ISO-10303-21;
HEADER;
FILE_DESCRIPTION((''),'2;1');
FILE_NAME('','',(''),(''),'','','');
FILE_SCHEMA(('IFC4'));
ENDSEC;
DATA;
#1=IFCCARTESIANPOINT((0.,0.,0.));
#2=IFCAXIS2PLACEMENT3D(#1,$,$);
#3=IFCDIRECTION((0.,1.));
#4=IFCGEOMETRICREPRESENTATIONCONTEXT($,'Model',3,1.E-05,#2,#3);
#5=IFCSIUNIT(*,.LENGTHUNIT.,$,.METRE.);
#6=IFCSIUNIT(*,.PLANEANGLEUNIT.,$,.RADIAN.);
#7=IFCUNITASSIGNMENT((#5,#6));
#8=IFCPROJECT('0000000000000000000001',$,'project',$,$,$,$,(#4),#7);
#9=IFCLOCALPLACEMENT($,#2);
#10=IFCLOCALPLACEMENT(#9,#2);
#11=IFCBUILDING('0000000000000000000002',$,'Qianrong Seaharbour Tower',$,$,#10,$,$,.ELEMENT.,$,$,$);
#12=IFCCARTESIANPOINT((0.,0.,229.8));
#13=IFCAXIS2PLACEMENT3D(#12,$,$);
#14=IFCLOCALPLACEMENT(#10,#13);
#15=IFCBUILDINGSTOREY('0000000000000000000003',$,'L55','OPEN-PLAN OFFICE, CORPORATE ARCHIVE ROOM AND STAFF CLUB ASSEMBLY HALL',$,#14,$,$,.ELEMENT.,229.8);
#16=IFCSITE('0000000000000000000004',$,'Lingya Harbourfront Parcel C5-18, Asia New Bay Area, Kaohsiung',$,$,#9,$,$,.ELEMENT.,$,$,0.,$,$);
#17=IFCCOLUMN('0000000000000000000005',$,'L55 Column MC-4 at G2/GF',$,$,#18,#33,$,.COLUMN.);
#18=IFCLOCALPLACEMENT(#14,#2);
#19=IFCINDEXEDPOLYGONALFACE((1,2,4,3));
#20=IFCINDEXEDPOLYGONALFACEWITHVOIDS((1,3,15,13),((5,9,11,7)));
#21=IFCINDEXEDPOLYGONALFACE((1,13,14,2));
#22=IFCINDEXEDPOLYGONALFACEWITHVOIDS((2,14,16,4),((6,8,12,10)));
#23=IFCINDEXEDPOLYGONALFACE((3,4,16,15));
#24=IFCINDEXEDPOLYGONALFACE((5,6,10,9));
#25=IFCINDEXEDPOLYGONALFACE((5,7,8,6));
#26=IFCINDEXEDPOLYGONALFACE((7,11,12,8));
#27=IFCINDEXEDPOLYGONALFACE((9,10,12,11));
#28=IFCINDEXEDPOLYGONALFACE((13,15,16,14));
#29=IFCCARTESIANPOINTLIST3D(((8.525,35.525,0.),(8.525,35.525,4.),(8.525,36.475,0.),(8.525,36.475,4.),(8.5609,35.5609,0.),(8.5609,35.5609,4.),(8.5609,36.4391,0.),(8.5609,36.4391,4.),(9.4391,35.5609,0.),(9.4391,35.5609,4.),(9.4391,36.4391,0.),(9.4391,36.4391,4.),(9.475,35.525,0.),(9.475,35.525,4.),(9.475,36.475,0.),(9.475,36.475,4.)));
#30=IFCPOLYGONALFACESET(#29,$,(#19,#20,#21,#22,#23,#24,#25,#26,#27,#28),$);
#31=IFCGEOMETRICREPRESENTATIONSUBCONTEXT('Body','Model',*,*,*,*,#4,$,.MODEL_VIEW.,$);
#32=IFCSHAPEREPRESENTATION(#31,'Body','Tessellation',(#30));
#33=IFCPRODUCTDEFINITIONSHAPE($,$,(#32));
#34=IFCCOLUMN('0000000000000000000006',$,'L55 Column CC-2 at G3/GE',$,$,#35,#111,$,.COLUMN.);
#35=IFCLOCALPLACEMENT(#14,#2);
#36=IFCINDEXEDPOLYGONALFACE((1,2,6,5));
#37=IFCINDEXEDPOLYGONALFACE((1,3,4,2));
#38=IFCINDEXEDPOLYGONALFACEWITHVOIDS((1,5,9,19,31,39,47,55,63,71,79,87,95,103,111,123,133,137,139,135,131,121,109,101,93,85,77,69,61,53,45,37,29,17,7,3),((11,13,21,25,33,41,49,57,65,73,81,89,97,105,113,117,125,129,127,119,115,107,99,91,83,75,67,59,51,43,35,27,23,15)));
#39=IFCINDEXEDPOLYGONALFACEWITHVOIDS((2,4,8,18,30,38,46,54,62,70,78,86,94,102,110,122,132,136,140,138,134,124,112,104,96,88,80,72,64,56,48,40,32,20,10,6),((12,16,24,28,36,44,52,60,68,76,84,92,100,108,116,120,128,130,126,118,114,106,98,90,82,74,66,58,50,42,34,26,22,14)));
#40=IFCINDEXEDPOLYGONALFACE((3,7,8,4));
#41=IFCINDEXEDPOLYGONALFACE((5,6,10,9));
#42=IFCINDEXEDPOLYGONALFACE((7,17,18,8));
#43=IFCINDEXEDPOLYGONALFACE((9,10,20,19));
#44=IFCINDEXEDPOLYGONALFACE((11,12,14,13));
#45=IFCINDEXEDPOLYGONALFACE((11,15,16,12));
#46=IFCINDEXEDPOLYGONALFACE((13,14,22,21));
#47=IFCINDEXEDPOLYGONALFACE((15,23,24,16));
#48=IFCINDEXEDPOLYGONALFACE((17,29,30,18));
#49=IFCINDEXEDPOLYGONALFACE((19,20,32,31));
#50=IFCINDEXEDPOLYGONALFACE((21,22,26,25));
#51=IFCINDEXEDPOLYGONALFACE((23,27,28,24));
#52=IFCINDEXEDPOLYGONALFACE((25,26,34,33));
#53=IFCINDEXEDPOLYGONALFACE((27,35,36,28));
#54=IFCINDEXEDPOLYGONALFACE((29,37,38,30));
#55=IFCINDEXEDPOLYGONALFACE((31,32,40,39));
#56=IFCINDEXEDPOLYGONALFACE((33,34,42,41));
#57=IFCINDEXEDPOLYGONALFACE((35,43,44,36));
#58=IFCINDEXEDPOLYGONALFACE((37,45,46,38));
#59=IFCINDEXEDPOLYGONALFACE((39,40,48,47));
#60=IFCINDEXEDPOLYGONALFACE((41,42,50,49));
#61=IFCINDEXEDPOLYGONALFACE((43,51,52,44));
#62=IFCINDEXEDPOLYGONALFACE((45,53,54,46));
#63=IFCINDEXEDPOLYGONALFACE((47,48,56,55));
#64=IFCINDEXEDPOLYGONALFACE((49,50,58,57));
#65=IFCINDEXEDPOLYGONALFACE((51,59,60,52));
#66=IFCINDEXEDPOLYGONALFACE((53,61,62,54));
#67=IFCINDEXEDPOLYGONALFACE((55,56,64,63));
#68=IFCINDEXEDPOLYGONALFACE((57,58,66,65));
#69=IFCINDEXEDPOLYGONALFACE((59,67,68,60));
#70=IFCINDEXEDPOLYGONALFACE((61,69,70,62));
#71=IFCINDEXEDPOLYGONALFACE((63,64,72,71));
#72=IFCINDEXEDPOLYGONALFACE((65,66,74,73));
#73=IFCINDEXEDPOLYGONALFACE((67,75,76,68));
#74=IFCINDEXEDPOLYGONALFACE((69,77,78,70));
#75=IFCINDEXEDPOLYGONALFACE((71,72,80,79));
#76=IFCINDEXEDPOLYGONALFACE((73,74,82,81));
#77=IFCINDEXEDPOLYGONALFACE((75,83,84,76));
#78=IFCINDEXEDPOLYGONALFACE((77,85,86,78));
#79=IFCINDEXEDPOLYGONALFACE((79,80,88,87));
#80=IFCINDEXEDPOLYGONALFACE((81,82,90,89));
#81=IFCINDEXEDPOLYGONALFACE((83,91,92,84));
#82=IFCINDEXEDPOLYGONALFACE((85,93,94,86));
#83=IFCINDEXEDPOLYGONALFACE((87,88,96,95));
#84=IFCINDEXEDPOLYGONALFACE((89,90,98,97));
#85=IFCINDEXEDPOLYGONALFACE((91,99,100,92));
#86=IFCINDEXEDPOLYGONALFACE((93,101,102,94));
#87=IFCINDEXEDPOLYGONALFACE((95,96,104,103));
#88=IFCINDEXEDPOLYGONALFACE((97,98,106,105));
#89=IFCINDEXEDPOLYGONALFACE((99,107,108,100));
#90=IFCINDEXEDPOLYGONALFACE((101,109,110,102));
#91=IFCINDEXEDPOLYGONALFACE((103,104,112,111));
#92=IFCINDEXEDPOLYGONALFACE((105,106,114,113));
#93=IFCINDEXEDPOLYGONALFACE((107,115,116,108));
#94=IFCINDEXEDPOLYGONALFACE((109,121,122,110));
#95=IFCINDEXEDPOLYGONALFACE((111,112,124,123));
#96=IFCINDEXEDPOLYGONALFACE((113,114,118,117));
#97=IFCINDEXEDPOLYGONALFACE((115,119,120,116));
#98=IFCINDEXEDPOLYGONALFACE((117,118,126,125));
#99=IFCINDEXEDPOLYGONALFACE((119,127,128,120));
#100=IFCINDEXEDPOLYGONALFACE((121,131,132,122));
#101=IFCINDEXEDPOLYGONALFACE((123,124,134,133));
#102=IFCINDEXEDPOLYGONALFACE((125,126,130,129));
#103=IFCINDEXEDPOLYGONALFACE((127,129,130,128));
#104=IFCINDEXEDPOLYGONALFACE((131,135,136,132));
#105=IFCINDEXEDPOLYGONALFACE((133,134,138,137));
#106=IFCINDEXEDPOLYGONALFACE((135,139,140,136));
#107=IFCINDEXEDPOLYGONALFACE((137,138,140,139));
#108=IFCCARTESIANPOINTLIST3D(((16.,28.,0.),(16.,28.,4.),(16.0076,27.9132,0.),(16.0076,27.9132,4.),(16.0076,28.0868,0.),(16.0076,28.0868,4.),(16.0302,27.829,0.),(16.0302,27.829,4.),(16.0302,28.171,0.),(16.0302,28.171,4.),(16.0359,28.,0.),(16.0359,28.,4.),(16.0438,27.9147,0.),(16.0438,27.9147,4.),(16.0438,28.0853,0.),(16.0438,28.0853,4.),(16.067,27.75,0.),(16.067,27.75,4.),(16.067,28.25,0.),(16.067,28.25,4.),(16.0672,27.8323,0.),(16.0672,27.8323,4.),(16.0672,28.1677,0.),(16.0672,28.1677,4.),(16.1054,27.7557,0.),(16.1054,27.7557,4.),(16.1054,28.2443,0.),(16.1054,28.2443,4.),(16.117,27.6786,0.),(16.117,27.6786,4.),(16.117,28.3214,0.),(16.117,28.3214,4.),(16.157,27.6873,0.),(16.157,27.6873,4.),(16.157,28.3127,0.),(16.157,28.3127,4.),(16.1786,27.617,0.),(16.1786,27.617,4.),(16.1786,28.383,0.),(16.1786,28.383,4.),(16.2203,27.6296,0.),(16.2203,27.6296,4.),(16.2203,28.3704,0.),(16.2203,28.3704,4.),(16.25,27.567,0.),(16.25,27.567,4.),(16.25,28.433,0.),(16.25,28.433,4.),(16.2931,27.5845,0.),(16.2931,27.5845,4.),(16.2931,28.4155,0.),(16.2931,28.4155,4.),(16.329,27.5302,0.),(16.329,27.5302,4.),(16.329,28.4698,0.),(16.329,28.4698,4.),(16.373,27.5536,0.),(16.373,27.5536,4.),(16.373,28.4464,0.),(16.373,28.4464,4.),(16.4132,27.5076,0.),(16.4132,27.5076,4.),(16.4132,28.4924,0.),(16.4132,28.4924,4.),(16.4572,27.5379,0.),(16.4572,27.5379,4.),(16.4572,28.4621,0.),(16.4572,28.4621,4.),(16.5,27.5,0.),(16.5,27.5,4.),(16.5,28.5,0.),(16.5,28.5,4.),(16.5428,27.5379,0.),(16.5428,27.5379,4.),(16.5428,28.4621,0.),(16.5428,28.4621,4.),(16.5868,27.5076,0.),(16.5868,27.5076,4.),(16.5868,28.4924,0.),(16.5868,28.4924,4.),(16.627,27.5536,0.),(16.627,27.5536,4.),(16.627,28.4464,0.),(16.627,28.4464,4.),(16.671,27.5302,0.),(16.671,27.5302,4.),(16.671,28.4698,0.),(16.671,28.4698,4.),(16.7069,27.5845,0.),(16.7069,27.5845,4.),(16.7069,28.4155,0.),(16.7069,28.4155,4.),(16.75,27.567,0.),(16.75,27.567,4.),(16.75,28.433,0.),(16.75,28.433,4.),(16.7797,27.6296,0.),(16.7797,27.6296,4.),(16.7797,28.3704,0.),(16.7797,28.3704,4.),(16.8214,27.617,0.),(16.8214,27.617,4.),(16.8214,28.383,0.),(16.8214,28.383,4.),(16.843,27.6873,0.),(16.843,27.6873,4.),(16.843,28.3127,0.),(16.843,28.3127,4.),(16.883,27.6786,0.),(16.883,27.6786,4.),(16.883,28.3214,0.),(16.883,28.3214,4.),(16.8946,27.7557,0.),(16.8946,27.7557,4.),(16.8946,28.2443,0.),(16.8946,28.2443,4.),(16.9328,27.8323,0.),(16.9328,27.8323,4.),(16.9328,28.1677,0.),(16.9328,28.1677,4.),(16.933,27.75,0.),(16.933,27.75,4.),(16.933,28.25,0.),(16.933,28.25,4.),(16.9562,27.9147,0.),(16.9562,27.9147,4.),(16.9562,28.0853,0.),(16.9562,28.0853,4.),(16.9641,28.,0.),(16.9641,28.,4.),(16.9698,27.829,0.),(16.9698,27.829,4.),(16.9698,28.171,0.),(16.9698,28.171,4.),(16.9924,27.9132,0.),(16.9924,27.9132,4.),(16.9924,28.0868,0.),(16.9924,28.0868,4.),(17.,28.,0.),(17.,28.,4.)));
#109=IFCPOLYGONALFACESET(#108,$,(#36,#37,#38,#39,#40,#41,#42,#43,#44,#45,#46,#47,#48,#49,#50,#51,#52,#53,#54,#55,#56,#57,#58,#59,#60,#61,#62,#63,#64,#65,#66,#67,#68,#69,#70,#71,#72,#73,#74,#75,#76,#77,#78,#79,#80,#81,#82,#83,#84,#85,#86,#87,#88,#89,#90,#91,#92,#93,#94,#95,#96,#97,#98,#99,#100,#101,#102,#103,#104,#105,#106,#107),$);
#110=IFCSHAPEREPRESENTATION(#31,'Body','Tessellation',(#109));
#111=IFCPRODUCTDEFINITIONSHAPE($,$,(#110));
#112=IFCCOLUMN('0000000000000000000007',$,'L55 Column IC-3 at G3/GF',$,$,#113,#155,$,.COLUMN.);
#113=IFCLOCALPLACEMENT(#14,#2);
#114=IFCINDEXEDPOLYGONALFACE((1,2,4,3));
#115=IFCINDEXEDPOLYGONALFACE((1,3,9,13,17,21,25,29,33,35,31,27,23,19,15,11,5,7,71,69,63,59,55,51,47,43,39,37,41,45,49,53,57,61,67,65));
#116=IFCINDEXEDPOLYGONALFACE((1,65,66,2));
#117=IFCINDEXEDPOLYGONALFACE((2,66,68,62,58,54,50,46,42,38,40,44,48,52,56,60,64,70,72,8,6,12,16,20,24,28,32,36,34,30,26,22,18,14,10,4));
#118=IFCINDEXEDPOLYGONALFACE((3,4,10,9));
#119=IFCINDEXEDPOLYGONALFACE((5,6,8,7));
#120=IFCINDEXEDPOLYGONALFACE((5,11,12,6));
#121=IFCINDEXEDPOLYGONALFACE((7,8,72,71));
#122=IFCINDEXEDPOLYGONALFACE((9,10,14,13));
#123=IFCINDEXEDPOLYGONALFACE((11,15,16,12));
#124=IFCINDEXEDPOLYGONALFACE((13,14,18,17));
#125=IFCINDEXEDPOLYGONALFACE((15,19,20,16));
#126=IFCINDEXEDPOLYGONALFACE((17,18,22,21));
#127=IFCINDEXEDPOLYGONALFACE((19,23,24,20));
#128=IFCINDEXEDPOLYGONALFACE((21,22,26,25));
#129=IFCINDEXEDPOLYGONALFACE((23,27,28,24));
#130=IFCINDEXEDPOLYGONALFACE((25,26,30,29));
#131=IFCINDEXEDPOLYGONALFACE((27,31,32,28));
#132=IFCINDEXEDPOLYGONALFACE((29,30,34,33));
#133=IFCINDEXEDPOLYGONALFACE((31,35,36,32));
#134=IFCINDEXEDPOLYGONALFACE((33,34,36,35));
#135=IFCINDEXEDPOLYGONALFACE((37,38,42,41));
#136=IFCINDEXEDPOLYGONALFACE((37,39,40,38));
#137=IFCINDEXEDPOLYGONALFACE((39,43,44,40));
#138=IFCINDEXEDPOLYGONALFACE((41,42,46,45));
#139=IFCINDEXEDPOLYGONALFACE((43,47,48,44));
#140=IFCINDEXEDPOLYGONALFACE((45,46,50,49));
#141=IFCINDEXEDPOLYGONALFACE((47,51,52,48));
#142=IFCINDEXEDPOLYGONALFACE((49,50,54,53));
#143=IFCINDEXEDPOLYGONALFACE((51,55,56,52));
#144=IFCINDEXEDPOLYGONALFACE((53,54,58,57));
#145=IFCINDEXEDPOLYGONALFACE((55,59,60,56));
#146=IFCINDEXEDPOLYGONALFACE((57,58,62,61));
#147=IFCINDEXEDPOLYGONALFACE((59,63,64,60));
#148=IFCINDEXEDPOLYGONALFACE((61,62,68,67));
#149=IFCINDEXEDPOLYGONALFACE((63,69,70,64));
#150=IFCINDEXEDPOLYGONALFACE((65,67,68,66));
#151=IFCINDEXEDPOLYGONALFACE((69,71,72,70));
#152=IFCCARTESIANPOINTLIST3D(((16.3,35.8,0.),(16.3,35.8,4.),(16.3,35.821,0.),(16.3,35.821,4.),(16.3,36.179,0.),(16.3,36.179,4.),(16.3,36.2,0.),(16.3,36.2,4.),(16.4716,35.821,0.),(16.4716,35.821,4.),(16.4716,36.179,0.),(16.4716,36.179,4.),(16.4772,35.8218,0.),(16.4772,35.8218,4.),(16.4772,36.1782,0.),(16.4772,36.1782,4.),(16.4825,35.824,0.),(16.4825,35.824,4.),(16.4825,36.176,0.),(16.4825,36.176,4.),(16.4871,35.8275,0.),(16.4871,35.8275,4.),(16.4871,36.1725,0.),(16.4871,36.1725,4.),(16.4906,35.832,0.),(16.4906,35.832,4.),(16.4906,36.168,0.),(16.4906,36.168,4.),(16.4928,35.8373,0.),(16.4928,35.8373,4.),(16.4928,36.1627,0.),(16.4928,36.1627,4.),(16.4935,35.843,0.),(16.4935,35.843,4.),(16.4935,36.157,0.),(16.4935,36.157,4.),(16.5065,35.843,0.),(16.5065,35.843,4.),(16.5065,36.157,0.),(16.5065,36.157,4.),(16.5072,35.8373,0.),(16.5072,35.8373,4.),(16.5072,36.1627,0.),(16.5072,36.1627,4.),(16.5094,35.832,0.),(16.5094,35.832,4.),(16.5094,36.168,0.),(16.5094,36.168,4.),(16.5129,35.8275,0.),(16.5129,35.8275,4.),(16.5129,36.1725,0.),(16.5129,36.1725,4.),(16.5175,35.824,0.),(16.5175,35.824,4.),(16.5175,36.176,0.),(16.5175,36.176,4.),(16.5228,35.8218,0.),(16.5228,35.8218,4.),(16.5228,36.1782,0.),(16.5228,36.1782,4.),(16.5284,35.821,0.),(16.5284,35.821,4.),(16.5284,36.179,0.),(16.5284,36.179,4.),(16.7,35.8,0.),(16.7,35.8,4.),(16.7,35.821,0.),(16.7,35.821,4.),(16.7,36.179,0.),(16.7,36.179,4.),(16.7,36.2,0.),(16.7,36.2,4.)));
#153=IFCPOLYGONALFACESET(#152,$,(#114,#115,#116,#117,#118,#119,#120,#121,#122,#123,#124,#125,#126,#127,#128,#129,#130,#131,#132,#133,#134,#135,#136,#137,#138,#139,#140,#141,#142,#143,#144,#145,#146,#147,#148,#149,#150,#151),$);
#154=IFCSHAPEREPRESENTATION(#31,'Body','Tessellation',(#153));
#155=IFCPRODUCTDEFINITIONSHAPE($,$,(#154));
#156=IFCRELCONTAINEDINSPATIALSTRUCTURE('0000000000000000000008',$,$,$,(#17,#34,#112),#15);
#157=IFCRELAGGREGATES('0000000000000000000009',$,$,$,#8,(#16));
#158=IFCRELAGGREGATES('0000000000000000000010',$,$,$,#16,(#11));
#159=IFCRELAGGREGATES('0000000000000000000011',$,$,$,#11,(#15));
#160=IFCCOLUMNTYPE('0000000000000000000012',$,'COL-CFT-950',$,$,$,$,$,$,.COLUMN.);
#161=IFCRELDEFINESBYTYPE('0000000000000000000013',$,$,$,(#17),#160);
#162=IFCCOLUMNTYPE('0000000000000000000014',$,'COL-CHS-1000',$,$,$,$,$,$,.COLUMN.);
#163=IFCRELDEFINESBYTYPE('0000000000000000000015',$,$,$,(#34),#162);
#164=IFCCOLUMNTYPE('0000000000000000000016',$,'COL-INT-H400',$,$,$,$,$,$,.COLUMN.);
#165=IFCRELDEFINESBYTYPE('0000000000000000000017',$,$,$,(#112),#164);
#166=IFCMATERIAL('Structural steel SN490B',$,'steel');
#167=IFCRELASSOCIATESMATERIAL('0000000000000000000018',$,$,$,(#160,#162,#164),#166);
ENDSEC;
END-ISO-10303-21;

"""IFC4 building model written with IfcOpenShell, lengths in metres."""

from ifc_helpers import new_model, si_unit, direction, frame, origin, origin_2d, place, context, subcontext, project, spatial, hollow_rectangle, hollow_circle, i_section, extrude, material, material_profile, profile_set, type_object, element, save


model = new_model("IFC4")

# Units and contexts
model_context = context("Model", 3, precision=1e-05, world=origin(), true_north=direction((0.0, 1.0)))
body_context = subcontext(model_context, "Body", "Model", "MODEL_VIEW")
ifc_project = project(units=[si_unit("LENGTHUNIT", "METRE"), si_unit("PLANEANGLEUNIT", "RADIAN")], contexts=[model_context])

# Site, building, storey
site_placement = place(None, origin())
site = spatial("IfcSite", under=ifc_project, at=site_placement, Name="Lingya Harbourfront Parcel C5-18, Asia New Bay Area, Kaohsiung", CompositionType="ELEMENT", RefElevation=0.0)
building_placement = place(site_placement, origin())
building = spatial("IfcBuilding", under=site, at=building_placement, Name="Qianrong Seaharbour Tower", CompositionType="ELEMENT")
storey_placement = place(building_placement, frame((0.0, 0.0, 229.8)))
storey = spatial("IfcBuildingStorey", under=building, at=storey_placement, Name="L55", Description="OPEN-PLAN OFFICE, CORPORATE ARCHIVE ROOM AND STAFF CLUB ASSEMBLY HALL", CompositionType="ELEMENT", Elevation=229.8)

# Columns
ifc_material_1 = material(Name="Structural steel SN490B", Category="steel")
ifc_material_profile_1 = material_profile(ifc_material_1, hollow_rectangle(XDim=0.95, YDim=0.95, WallThickness=0.0359, at=origin_2d()), Name="BOX950x950x36")
ifc_profile_set_1 = profile_set([ifc_material_profile_1], Name="Structural steel SN490B")
column_type_1 = type_object("IfcColumnType", Name="COL-CFT-950", PredefinedType="COLUMN", material=ifc_profile_set_1)
column_1_placement = place(storey_placement, frame((9.0, 36.0, 0.0), z_axis=(0.0, 0.0, 1.0), x_axis=(1.0, 0.0, 0.0)))
element("IfcColumn", 1, at=column_1_placement, inside=storey, type_object=column_type_1, Name="L55 Column MC-4 at G2/GF", PredefinedType="COLUMN", context=body_context, shape_type="SweptSolid", body=[
    extrude(hollow_rectangle(XDim=0.95, YDim=0.95, WallThickness=0.0359, at=origin_2d()), origin(), (0.0, 0.0, 1.0), 4.0),
])
ifc_material_profile_2 = material_profile(ifc_material_1, hollow_circle(Radius=0.5, WallThickness=0.0359, at=origin_2d()), Name="CHS1000x36")
ifc_profile_set_2 = profile_set([ifc_material_profile_2], Name="Structural steel SN490B")
column_type_2 = type_object("IfcColumnType", Name="COL-CHS-1000", PredefinedType="COLUMN", material=ifc_profile_set_2)
column_2_placement = place(storey_placement, frame((16.5, 28.0, 0.0), z_axis=(0.0, 0.0, 1.0), x_axis=(1.0, 0.0, 0.0)))
element("IfcColumn", 2, at=column_2_placement, inside=storey, type_object=column_type_2, Name="L55 Column CC-2 at G3/GE", PredefinedType="COLUMN", context=body_context, shape_type="SweptSolid", body=[
    extrude(hollow_circle(Radius=0.5, WallThickness=0.0359, at=origin_2d()), origin(), (0.0, 0.0, 1.0), 4.0),
])
ifc_material_profile_3 = material_profile(ifc_material_1, i_section(OverallWidth=0.3999, OverallDepth=0.3999, WebThickness=0.0129, FlangeThickness=0.021, FilletRadius=0.022, at=origin_2d()), Name="H400x400x13x21")
ifc_profile_set_3 = profile_set([ifc_material_profile_3], Name="Structural steel SN490B")
column_type_3 = type_object("IfcColumnType", Name="COL-INT-H400", PredefinedType="COLUMN", material=ifc_profile_set_3)
column_3_placement = place(storey_placement, frame((16.5, 36.0, 0.0), z_axis=(0.0, 0.0, 1.0), x_axis=(1.0, 0.0, 0.0)))
element("IfcColumn", 3, at=column_3_placement, inside=storey, type_object=column_type_3, Name="L55 Column IC-3 at G3/GF", PredefinedType="COLUMN", context=body_context, shape_type="SweptSolid", body=[
    extrude(i_section(OverallWidth=0.3999, OverallDepth=0.3999, WebThickness=0.0129, FlangeThickness=0.021, FilletRadius=0.022, at=origin_2d()), origin(), (0.0, 0.0, 1.0), 4.0),
])

save(model, "model.ifc")
